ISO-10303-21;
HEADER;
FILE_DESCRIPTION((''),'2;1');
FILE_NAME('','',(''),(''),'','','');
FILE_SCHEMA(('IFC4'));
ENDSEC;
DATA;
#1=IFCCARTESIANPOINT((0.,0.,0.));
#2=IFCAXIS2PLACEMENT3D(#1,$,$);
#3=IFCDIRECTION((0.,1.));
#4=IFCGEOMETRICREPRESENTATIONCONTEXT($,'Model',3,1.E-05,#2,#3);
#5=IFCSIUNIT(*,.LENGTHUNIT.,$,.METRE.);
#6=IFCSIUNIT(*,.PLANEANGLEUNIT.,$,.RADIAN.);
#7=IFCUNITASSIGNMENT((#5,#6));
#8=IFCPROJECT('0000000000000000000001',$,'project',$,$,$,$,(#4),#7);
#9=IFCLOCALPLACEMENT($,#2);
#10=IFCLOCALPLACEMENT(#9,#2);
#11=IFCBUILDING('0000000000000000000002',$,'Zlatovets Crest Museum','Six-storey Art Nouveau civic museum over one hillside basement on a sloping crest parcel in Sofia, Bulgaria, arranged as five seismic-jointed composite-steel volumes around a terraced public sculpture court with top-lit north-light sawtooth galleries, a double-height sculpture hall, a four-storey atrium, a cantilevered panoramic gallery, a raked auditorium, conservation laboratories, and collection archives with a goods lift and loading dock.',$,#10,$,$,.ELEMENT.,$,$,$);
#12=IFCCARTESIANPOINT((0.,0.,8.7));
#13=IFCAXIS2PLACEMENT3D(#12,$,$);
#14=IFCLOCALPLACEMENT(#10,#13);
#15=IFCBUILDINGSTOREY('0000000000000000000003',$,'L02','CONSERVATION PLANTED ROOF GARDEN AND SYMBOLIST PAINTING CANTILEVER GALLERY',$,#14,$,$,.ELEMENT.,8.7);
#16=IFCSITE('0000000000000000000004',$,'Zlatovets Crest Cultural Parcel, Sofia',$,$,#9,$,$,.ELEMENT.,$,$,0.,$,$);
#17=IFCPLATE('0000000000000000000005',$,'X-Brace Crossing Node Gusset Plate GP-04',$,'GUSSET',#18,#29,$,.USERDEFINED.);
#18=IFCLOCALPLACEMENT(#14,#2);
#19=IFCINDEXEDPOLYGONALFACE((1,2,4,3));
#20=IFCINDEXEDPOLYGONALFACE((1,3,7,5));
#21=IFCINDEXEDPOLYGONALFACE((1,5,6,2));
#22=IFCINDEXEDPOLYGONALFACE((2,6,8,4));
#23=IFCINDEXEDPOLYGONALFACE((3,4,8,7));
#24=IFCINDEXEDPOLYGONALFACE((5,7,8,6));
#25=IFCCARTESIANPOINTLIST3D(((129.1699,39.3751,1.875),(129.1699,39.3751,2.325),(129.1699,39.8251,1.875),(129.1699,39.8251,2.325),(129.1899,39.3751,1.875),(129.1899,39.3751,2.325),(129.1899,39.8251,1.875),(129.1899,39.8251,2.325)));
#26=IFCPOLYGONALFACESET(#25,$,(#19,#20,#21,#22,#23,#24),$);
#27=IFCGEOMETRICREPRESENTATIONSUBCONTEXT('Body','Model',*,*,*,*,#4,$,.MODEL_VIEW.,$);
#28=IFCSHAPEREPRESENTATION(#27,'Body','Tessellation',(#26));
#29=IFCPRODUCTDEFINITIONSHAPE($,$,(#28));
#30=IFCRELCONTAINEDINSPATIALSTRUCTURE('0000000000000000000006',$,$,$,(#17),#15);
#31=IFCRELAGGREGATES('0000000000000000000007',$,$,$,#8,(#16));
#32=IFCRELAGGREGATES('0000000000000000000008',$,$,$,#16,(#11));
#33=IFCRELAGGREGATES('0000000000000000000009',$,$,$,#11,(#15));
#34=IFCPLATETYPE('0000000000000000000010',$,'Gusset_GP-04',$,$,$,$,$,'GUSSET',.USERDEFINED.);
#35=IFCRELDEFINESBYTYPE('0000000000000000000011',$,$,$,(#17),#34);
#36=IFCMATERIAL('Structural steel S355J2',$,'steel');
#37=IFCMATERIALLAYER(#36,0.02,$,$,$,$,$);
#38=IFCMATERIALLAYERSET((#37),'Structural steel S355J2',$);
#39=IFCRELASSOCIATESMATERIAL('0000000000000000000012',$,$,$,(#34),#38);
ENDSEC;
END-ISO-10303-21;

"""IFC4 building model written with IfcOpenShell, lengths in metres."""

from ifc_helpers import new_model, si_unit, direction, frame, origin, origin_2d, place, context, subcontext, project, spatial, rectangle, extrude, material, layer, layer_set, type_object, element, save


model = new_model("IFC4")

# Units and contexts
model_context = context("Model", 3, precision=1e-05, world=origin(), true_north=direction((0.0, 1.0)))
body_context = subcontext(model_context, "Body", "Model", "MODEL_VIEW")
ifc_project = project(units=[si_unit("LENGTHUNIT", "METRE"), si_unit("PLANEANGLEUNIT", "RADIAN")], contexts=[model_context])

# Site, building, storey
site_placement = place(None, origin())
site = spatial("IfcSite", under=ifc_project, at=site_placement, Name="Zlatovets Crest Cultural Parcel, Sofia", CompositionType="ELEMENT", RefElevation=0.0)
building_placement = place(site_placement, origin())
building = spatial("IfcBuilding", under=site, at=building_placement, Name="Zlatovets Crest Museum", Description="Six-storey Art Nouveau civic museum over one hillside basement on a sloping crest parcel in Sofia, Bulgaria, arranged as five seismic-jointed composite-steel volumes around a terraced public sculpture court with top-lit north-light sawtooth galleries, a double-height sculpture hall, a four-storey atrium, a cantilevered panoramic gallery, a raked auditorium, conservation laboratories, and collection archives with a goods lift and loading dock.", CompositionType="ELEMENT")
storey_placement = place(building_placement, frame((0.0, 0.0, 8.7)))
storey = spatial("IfcBuildingStorey", under=building, at=storey_placement, Name="L02", Description="CONSERVATION PLANTED ROOF GARDEN AND SYMBOLIST PAINTING CANTILEVER GALLERY", CompositionType="ELEMENT", Elevation=8.7)

# Plate
ifc_material_1 = material(Name="Structural steel S355J2", Category="steel")
ifc_layer_1 = layer(ifc_material_1, 0.02)
ifc_layer_set_1 = layer_set([ifc_layer_1], Name="Structural steel S355J2")
plate_type_1 = type_object("IfcPlateType", Name="Gusset_GP-04", ElementType="GUSSET", PredefinedType="USERDEFINED", material=ifc_layer_set_1)
plate_1_placement = place(storey_placement, frame((129.1799, 39.6001, 1.875), z_axis=(0.0, 0.0, 1.0), x_axis=(1.0, 0.0, 0.0)))
element("IfcPlate", 1, at=plate_1_placement, inside=storey, type_object=plate_type_1, Name="X-Brace Crossing Node Gusset Plate GP-04", ObjectType="GUSSET", PredefinedType="USERDEFINED", context=body_context, shape_type="SweptSolid", body=[
    extrude(rectangle(XDim=0.02, YDim=0.45, at=origin_2d()), origin(), (0.0, 0.0, 1.0), 0.45),
])

save(model, "model.ifc")
